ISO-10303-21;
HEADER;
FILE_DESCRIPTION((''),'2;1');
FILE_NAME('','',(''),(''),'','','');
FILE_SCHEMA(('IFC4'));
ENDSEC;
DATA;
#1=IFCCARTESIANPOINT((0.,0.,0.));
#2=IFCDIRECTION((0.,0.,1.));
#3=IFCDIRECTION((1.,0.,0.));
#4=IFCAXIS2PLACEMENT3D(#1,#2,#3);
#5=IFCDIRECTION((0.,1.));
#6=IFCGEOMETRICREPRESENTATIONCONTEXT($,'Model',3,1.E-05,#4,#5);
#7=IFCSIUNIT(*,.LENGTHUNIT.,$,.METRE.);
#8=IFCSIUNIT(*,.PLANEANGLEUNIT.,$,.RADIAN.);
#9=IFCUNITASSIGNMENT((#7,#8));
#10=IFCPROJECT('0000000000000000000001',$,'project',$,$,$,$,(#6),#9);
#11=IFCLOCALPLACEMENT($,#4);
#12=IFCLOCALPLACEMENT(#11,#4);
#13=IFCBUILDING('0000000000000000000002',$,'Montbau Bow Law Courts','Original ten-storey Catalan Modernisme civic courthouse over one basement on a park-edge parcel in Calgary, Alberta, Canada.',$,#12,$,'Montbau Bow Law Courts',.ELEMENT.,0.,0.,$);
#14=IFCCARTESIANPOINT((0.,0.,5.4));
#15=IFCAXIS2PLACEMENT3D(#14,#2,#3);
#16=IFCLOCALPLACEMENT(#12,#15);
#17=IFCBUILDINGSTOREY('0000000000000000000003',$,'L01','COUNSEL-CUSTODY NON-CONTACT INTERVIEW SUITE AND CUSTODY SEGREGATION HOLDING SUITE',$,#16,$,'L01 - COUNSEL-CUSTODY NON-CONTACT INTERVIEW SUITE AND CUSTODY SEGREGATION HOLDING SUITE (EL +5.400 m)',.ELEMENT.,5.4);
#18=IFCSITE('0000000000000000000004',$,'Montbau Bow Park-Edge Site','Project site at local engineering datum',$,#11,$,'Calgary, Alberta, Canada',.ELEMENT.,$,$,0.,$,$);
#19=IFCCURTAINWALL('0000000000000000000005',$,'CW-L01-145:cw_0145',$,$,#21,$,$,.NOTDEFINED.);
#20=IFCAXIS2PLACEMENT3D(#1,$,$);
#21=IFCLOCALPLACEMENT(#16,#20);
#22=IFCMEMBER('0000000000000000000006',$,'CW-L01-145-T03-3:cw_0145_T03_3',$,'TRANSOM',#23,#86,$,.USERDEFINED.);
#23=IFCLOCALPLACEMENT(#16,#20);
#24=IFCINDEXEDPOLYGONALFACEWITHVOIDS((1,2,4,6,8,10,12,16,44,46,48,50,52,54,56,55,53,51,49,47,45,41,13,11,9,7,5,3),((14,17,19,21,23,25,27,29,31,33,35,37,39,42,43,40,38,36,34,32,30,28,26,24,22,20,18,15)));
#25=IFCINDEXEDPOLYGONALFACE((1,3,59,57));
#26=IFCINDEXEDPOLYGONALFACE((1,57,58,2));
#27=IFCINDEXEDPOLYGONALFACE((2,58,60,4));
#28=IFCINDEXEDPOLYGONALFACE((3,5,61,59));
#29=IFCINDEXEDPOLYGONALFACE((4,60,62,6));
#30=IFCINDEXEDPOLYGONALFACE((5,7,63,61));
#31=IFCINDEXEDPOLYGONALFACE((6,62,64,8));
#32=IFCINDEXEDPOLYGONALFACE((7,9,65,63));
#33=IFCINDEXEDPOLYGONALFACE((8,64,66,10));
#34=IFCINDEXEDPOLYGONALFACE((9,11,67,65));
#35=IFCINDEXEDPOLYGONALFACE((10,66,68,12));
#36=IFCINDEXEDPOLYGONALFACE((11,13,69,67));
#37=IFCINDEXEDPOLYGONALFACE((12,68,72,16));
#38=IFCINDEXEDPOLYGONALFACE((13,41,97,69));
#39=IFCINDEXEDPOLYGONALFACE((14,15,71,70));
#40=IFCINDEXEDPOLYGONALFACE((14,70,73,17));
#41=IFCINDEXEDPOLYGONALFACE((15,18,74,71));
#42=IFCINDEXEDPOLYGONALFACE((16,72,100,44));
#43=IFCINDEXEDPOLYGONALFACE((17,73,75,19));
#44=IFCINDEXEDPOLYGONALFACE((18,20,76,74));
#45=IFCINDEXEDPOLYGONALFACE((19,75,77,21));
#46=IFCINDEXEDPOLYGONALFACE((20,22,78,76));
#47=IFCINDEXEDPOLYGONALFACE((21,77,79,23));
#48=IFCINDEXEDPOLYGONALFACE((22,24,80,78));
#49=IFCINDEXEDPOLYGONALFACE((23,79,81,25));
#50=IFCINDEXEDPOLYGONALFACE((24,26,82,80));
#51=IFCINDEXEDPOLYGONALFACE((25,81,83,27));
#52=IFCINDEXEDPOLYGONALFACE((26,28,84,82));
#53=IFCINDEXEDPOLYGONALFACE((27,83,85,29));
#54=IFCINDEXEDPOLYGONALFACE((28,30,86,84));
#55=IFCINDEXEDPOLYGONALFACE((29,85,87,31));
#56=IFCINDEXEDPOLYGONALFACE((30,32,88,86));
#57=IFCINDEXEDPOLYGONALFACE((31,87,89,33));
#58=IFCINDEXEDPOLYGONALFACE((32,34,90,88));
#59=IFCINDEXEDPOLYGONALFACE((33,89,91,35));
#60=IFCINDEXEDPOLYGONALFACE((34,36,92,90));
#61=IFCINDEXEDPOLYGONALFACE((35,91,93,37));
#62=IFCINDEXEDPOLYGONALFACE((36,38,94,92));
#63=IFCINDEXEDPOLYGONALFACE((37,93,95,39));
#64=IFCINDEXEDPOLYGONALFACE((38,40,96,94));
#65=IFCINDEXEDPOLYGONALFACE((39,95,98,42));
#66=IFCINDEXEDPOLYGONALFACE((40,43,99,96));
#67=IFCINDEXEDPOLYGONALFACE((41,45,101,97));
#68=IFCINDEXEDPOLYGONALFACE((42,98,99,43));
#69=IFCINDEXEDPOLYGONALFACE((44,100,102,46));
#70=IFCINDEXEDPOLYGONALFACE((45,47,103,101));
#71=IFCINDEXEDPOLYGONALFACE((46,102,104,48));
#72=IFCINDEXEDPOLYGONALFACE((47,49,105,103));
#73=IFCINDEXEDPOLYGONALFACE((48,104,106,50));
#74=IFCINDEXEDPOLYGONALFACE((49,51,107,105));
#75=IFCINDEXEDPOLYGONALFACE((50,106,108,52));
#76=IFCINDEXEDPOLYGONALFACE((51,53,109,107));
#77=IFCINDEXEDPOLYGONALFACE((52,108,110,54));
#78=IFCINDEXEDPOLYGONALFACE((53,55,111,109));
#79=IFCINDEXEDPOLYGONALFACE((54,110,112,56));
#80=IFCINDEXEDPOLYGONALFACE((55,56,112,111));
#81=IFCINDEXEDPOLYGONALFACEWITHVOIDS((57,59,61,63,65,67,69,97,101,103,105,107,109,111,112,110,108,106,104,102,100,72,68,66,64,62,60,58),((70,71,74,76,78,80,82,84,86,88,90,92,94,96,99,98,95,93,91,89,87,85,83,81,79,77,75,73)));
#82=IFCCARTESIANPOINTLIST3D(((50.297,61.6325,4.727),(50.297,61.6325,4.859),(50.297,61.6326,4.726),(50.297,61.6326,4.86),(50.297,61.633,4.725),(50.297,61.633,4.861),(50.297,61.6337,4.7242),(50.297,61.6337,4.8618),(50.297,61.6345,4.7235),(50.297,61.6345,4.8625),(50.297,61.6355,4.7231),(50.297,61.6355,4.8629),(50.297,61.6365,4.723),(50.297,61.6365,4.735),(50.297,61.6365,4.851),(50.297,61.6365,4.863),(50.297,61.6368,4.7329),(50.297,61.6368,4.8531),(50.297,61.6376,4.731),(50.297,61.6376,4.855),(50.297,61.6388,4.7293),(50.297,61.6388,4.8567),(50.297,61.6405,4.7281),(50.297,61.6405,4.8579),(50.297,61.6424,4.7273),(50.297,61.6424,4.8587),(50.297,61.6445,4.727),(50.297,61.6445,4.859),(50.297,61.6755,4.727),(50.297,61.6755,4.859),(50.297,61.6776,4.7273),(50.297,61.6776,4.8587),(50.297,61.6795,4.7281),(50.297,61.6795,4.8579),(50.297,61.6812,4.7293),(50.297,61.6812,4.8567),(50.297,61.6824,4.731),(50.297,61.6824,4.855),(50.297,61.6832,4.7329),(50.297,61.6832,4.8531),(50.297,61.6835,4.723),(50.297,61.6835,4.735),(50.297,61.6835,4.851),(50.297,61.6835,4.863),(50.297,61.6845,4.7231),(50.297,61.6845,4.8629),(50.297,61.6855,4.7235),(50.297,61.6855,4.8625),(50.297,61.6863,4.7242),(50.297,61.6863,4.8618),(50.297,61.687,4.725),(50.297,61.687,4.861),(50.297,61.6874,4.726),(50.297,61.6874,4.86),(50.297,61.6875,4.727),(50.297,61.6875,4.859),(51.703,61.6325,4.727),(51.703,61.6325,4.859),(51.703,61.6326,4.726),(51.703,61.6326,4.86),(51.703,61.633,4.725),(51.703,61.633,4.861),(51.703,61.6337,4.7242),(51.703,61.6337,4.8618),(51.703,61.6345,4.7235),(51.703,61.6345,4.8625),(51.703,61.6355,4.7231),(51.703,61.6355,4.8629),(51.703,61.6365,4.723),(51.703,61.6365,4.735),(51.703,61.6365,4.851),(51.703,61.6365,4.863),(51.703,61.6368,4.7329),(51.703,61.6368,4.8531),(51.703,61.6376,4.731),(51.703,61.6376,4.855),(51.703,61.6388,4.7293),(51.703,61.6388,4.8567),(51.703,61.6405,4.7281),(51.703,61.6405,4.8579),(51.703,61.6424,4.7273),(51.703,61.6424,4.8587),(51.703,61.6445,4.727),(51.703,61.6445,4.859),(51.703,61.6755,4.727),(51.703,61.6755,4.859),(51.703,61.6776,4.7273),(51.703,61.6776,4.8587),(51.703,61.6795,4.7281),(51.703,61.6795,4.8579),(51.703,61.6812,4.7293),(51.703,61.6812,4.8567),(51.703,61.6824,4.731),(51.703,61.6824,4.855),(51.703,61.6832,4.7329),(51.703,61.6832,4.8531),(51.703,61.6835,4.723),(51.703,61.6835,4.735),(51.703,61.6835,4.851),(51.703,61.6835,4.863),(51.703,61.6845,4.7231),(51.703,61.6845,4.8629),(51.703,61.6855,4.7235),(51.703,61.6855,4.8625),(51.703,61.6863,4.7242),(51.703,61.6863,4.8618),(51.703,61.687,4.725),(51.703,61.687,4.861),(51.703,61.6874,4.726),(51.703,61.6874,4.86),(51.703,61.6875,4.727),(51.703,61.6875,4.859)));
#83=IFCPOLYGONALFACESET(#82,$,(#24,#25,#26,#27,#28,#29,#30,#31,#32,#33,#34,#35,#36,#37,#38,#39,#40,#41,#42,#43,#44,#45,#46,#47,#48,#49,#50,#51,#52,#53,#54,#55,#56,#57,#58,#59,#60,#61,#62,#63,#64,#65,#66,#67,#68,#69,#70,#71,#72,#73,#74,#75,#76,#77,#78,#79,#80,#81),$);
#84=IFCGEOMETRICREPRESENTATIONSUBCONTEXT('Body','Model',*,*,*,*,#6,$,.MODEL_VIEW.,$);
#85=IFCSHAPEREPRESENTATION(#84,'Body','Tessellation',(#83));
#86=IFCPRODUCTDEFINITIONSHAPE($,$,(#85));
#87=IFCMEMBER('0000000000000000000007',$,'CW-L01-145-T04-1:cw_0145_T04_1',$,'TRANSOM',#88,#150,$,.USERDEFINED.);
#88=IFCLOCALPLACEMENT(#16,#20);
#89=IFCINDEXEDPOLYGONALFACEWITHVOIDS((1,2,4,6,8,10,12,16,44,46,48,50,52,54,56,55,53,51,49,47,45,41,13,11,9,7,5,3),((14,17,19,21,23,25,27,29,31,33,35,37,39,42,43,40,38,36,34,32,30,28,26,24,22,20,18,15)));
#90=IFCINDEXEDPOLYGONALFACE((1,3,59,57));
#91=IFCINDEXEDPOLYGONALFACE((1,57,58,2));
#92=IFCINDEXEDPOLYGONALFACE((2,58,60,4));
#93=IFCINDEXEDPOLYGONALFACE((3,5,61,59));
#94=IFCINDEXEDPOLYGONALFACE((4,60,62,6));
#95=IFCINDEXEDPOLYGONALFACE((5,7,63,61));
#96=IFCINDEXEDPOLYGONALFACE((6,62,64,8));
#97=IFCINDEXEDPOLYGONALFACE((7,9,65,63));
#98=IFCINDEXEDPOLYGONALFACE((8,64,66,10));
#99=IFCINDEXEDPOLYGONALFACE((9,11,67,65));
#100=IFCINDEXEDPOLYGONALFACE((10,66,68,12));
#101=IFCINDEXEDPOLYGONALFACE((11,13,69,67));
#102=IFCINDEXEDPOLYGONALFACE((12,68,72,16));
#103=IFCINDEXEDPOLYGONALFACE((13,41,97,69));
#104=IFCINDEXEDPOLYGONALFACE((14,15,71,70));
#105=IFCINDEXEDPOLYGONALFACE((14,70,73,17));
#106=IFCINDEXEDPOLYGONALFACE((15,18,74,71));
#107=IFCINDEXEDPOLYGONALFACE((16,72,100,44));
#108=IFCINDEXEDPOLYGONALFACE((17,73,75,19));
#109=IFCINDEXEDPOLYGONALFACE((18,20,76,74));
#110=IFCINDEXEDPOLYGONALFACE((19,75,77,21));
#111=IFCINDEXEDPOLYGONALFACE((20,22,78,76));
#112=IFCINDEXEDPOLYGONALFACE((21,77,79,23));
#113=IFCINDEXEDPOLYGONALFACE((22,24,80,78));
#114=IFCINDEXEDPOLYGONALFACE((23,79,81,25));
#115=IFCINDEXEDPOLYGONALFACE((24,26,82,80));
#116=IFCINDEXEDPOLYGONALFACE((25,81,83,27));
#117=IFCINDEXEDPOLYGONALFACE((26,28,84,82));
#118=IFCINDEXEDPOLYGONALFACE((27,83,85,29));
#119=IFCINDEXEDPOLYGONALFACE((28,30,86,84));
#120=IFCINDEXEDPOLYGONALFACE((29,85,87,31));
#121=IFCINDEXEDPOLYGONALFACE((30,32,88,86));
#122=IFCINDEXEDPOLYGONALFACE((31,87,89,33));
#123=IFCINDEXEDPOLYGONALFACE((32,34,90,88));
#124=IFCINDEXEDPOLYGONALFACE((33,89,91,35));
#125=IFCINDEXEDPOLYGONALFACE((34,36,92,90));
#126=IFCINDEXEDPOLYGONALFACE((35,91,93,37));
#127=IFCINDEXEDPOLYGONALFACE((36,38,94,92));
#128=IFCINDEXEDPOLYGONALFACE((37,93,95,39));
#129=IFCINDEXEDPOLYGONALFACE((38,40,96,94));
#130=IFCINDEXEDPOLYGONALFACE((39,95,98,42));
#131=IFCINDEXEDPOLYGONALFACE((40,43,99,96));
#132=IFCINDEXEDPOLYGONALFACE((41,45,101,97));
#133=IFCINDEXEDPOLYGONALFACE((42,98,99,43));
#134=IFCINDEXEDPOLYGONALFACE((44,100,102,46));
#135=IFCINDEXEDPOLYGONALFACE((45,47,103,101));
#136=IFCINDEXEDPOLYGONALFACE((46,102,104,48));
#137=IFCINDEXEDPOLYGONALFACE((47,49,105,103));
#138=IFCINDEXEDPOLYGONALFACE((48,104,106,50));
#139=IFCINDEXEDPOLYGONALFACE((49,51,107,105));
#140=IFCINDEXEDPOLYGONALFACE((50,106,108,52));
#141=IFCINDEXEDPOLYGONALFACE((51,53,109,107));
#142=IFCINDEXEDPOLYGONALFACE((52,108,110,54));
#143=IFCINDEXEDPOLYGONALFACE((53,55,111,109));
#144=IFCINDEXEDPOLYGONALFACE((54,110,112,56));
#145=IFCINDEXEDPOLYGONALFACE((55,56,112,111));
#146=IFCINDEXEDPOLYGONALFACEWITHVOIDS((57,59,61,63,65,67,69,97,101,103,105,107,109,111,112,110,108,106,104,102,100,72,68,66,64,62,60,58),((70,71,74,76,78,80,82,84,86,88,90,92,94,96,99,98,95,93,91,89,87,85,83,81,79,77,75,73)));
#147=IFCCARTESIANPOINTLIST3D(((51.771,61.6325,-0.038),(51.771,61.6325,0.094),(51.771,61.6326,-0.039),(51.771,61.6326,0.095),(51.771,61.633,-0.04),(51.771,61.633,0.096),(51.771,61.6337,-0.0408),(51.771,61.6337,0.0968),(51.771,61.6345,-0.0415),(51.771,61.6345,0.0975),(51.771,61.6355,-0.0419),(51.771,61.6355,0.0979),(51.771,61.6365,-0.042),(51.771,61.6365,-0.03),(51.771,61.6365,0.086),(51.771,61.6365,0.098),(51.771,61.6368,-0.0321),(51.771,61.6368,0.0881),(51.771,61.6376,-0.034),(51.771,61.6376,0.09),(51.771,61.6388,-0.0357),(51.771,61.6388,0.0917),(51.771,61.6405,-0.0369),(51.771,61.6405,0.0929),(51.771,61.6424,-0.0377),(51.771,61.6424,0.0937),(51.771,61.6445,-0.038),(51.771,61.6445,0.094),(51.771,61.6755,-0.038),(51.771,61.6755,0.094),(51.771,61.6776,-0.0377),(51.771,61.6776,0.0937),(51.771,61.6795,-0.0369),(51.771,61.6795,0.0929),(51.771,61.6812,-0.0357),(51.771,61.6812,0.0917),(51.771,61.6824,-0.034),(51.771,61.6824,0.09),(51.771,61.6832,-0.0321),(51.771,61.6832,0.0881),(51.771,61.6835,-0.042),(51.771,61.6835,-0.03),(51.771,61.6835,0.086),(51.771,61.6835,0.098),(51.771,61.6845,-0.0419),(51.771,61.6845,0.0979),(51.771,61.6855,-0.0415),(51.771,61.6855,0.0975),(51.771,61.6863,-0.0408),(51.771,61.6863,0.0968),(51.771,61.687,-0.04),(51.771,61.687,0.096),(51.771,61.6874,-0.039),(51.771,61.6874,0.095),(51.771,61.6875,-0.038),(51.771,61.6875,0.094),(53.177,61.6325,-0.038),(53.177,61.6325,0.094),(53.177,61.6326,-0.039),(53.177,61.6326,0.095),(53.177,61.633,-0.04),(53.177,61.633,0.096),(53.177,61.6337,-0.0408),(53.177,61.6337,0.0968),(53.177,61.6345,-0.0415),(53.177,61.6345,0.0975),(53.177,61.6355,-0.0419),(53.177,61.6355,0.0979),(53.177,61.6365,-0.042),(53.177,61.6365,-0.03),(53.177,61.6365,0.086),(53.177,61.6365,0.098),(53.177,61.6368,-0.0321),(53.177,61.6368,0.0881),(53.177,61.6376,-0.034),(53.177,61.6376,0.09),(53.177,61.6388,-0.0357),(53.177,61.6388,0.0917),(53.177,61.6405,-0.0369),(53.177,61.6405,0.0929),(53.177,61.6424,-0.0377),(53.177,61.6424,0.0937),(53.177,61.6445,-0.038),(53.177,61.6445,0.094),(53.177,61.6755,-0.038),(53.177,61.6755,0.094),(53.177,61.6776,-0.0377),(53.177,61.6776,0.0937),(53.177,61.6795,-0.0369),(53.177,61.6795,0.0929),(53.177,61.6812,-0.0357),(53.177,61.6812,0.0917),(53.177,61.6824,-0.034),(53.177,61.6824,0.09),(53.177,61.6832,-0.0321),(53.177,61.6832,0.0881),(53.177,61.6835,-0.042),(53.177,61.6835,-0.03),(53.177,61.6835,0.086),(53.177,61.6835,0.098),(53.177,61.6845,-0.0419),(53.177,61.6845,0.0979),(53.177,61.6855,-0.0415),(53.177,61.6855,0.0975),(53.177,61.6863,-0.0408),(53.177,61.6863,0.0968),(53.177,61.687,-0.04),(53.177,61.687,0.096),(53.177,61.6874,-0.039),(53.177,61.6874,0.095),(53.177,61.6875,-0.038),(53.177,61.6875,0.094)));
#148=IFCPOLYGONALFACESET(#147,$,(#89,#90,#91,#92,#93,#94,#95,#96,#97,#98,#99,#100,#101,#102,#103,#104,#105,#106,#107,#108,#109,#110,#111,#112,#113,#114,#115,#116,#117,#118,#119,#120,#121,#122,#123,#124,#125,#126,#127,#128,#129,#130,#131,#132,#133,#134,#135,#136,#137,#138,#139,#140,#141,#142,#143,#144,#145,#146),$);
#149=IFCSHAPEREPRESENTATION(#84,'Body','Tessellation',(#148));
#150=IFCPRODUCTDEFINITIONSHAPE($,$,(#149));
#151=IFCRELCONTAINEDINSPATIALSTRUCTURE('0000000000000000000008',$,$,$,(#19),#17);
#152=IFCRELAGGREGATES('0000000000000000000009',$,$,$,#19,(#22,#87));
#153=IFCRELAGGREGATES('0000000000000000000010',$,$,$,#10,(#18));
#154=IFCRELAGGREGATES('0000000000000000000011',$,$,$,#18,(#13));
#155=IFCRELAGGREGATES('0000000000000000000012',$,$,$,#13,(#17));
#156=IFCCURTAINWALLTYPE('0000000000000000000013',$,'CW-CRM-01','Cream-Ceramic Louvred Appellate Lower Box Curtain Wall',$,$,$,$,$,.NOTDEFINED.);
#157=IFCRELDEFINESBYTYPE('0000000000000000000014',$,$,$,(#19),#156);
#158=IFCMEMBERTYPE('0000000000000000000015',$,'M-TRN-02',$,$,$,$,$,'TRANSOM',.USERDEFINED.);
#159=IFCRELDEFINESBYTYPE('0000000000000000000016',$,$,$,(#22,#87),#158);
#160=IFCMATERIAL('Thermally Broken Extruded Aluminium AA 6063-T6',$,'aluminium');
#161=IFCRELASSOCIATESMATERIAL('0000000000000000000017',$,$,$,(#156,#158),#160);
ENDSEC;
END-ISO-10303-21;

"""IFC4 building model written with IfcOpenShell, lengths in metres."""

from ifc_helpers import new_model, si_unit, direction, frame, origin_with_axes, origin_2d_with_axis, place, context, subcontext, project, spatial, hollow_rectangle, extrude, material, material_profile, profile_set, type_object, element, aggregate, save


model = new_model("IFC4")

# Units and contexts
model_context = context("Model", 3, precision=1e-05, world=origin_with_axes(), true_north=direction((0.0, 1.0)))
body_context = subcontext(model_context, "Body", "Model", "MODEL_VIEW")
ifc_project = project(units=[si_unit("LENGTHUNIT", "METRE"), si_unit("PLANEANGLEUNIT", "RADIAN")], contexts=[model_context])

# Site, building, storey
site_placement = place(None, origin_with_axes())
site = spatial("IfcSite", under=ifc_project, at=site_placement, Name="Montbau Bow Park-Edge Site", Description="Project site at local engineering datum", LongName="Calgary, Alberta, Canada", CompositionType="ELEMENT", RefElevation=0.0)
building_placement = place(site_placement, origin_with_axes())
building = spatial("IfcBuilding", under=site, at=building_placement, Name="Montbau Bow Law Courts", Description="Original ten-storey Catalan Modernisme civic courthouse over one basement on a park-edge parcel in Calgary, Alberta, Canada.", LongName="Montbau Bow Law Courts", CompositionType="ELEMENT", ElevationOfRefHeight=0.0, ElevationOfTerrain=0.0)
storey_placement = place(building_placement, frame((0.0, 0.0, 5.4), z_axis=(0.0, 0.0, 1.0), x_axis=(1.0, 0.0, 0.0)))
storey = spatial("IfcBuildingStorey", under=building, at=storey_placement, Name="L01", Description="COUNSEL-CUSTODY NON-CONTACT INTERVIEW SUITE AND CUSTODY SEGREGATION HOLDING SUITE", LongName="L01 - COUNSEL-CUSTODY NON-CONTACT INTERVIEW SUITE AND CUSTODY SEGREGATION HOLDING SUITE (EL +5.400 m)", CompositionType="ELEMENT", Elevation=5.4)

# Curtain wall
ifc_material_1 = material(Name="Thermally Broken Extruded Aluminium AA 6063-T6", Category="aluminium")
curtain_wall_type = type_object("IfcCurtainWallType", Name="CW-CRM-01", Description="Cream-Ceramic Louvred Appellate Lower Box Curtain Wall", PredefinedType="NOTDEFINED", material=ifc_material_1)
curtain_wall_1_placement = place(None, frame((47.315, 61.66, 5.4), z_axis=(0.0, 0.0, 1.0), x_axis=(1.0, 0.0, 0.0)))
curtain_wall_1 = element("IfcCurtainWall", 1, at=curtain_wall_1_placement, inside=storey, type_object=curtain_wall_type, Name="CW-L01-145:cw_0145", PredefinedType="NOTDEFINED")

# Members
ifc_material_profile_1 = material_profile(ifc_material_1, hollow_rectangle(XDim=0.055, YDim=0.14, WallThickness=0.004, InnerFilletRadius=0.008, OuterFilletRadius=0.004, at=origin_2d_with_axis()), Name="CWT-140X55", Category="Main", Priority=0)
ifc_profile_set_1 = profile_set([ifc_material_profile_1], Name="Thermally Broken Extruded Aluminium AA 6063-T6")
member_type_1 = type_object("IfcMemberType", Name="M-TRN-02", ElementType="TRANSOM", PredefinedType="USERDEFINED", material=ifc_profile_set_1)
member_1_placement = place(None, frame((50.297, 61.66, 10.193), z_axis=(1.0, 0.0, 0.0), x_axis=(0.0, 1.0, 0.0)))
member_1 = element("IfcMember", 2, at=member_1_placement, type_object=member_type_1, Name="CW-L01-145-T03-3:cw_0145_T03_3", ObjectType="TRANSOM", PredefinedType="USERDEFINED", context=body_context, shape_type="SweptSolid", body=[
    extrude(hollow_rectangle(XDim=0.055, YDim=0.14, WallThickness=0.004, InnerFilletRadius=0.008, OuterFilletRadius=0.004, at=origin_2d_with_axis()), origin_with_axes(), (0.0, 0.0, 1.0), 1.406),
])
member_2_placement = place(None, frame((51.771, 61.66, 5.428), z_axis=(1.0, 0.0, 0.0), x_axis=(0.0, 1.0, 0.0)))
member_2 = element("IfcMember", 3, at=member_2_placement, type_object=member_type_1, Name="CW-L01-145-T04-1:cw_0145_T04_1", ObjectType="TRANSOM", PredefinedType="USERDEFINED", context=body_context, shape_type="SweptSolid", body=[
    extrude(hollow_rectangle(XDim=0.055, YDim=0.14, WallThickness=0.004, InnerFilletRadius=0.008, OuterFilletRadius=0.004, at=origin_2d_with_axis()), origin_with_axes(), (0.0, 0.0, 1.0), 1.406),
])

aggregate(curtain_wall_1, [member_1, member_2])

save(model, "model.ifc")
